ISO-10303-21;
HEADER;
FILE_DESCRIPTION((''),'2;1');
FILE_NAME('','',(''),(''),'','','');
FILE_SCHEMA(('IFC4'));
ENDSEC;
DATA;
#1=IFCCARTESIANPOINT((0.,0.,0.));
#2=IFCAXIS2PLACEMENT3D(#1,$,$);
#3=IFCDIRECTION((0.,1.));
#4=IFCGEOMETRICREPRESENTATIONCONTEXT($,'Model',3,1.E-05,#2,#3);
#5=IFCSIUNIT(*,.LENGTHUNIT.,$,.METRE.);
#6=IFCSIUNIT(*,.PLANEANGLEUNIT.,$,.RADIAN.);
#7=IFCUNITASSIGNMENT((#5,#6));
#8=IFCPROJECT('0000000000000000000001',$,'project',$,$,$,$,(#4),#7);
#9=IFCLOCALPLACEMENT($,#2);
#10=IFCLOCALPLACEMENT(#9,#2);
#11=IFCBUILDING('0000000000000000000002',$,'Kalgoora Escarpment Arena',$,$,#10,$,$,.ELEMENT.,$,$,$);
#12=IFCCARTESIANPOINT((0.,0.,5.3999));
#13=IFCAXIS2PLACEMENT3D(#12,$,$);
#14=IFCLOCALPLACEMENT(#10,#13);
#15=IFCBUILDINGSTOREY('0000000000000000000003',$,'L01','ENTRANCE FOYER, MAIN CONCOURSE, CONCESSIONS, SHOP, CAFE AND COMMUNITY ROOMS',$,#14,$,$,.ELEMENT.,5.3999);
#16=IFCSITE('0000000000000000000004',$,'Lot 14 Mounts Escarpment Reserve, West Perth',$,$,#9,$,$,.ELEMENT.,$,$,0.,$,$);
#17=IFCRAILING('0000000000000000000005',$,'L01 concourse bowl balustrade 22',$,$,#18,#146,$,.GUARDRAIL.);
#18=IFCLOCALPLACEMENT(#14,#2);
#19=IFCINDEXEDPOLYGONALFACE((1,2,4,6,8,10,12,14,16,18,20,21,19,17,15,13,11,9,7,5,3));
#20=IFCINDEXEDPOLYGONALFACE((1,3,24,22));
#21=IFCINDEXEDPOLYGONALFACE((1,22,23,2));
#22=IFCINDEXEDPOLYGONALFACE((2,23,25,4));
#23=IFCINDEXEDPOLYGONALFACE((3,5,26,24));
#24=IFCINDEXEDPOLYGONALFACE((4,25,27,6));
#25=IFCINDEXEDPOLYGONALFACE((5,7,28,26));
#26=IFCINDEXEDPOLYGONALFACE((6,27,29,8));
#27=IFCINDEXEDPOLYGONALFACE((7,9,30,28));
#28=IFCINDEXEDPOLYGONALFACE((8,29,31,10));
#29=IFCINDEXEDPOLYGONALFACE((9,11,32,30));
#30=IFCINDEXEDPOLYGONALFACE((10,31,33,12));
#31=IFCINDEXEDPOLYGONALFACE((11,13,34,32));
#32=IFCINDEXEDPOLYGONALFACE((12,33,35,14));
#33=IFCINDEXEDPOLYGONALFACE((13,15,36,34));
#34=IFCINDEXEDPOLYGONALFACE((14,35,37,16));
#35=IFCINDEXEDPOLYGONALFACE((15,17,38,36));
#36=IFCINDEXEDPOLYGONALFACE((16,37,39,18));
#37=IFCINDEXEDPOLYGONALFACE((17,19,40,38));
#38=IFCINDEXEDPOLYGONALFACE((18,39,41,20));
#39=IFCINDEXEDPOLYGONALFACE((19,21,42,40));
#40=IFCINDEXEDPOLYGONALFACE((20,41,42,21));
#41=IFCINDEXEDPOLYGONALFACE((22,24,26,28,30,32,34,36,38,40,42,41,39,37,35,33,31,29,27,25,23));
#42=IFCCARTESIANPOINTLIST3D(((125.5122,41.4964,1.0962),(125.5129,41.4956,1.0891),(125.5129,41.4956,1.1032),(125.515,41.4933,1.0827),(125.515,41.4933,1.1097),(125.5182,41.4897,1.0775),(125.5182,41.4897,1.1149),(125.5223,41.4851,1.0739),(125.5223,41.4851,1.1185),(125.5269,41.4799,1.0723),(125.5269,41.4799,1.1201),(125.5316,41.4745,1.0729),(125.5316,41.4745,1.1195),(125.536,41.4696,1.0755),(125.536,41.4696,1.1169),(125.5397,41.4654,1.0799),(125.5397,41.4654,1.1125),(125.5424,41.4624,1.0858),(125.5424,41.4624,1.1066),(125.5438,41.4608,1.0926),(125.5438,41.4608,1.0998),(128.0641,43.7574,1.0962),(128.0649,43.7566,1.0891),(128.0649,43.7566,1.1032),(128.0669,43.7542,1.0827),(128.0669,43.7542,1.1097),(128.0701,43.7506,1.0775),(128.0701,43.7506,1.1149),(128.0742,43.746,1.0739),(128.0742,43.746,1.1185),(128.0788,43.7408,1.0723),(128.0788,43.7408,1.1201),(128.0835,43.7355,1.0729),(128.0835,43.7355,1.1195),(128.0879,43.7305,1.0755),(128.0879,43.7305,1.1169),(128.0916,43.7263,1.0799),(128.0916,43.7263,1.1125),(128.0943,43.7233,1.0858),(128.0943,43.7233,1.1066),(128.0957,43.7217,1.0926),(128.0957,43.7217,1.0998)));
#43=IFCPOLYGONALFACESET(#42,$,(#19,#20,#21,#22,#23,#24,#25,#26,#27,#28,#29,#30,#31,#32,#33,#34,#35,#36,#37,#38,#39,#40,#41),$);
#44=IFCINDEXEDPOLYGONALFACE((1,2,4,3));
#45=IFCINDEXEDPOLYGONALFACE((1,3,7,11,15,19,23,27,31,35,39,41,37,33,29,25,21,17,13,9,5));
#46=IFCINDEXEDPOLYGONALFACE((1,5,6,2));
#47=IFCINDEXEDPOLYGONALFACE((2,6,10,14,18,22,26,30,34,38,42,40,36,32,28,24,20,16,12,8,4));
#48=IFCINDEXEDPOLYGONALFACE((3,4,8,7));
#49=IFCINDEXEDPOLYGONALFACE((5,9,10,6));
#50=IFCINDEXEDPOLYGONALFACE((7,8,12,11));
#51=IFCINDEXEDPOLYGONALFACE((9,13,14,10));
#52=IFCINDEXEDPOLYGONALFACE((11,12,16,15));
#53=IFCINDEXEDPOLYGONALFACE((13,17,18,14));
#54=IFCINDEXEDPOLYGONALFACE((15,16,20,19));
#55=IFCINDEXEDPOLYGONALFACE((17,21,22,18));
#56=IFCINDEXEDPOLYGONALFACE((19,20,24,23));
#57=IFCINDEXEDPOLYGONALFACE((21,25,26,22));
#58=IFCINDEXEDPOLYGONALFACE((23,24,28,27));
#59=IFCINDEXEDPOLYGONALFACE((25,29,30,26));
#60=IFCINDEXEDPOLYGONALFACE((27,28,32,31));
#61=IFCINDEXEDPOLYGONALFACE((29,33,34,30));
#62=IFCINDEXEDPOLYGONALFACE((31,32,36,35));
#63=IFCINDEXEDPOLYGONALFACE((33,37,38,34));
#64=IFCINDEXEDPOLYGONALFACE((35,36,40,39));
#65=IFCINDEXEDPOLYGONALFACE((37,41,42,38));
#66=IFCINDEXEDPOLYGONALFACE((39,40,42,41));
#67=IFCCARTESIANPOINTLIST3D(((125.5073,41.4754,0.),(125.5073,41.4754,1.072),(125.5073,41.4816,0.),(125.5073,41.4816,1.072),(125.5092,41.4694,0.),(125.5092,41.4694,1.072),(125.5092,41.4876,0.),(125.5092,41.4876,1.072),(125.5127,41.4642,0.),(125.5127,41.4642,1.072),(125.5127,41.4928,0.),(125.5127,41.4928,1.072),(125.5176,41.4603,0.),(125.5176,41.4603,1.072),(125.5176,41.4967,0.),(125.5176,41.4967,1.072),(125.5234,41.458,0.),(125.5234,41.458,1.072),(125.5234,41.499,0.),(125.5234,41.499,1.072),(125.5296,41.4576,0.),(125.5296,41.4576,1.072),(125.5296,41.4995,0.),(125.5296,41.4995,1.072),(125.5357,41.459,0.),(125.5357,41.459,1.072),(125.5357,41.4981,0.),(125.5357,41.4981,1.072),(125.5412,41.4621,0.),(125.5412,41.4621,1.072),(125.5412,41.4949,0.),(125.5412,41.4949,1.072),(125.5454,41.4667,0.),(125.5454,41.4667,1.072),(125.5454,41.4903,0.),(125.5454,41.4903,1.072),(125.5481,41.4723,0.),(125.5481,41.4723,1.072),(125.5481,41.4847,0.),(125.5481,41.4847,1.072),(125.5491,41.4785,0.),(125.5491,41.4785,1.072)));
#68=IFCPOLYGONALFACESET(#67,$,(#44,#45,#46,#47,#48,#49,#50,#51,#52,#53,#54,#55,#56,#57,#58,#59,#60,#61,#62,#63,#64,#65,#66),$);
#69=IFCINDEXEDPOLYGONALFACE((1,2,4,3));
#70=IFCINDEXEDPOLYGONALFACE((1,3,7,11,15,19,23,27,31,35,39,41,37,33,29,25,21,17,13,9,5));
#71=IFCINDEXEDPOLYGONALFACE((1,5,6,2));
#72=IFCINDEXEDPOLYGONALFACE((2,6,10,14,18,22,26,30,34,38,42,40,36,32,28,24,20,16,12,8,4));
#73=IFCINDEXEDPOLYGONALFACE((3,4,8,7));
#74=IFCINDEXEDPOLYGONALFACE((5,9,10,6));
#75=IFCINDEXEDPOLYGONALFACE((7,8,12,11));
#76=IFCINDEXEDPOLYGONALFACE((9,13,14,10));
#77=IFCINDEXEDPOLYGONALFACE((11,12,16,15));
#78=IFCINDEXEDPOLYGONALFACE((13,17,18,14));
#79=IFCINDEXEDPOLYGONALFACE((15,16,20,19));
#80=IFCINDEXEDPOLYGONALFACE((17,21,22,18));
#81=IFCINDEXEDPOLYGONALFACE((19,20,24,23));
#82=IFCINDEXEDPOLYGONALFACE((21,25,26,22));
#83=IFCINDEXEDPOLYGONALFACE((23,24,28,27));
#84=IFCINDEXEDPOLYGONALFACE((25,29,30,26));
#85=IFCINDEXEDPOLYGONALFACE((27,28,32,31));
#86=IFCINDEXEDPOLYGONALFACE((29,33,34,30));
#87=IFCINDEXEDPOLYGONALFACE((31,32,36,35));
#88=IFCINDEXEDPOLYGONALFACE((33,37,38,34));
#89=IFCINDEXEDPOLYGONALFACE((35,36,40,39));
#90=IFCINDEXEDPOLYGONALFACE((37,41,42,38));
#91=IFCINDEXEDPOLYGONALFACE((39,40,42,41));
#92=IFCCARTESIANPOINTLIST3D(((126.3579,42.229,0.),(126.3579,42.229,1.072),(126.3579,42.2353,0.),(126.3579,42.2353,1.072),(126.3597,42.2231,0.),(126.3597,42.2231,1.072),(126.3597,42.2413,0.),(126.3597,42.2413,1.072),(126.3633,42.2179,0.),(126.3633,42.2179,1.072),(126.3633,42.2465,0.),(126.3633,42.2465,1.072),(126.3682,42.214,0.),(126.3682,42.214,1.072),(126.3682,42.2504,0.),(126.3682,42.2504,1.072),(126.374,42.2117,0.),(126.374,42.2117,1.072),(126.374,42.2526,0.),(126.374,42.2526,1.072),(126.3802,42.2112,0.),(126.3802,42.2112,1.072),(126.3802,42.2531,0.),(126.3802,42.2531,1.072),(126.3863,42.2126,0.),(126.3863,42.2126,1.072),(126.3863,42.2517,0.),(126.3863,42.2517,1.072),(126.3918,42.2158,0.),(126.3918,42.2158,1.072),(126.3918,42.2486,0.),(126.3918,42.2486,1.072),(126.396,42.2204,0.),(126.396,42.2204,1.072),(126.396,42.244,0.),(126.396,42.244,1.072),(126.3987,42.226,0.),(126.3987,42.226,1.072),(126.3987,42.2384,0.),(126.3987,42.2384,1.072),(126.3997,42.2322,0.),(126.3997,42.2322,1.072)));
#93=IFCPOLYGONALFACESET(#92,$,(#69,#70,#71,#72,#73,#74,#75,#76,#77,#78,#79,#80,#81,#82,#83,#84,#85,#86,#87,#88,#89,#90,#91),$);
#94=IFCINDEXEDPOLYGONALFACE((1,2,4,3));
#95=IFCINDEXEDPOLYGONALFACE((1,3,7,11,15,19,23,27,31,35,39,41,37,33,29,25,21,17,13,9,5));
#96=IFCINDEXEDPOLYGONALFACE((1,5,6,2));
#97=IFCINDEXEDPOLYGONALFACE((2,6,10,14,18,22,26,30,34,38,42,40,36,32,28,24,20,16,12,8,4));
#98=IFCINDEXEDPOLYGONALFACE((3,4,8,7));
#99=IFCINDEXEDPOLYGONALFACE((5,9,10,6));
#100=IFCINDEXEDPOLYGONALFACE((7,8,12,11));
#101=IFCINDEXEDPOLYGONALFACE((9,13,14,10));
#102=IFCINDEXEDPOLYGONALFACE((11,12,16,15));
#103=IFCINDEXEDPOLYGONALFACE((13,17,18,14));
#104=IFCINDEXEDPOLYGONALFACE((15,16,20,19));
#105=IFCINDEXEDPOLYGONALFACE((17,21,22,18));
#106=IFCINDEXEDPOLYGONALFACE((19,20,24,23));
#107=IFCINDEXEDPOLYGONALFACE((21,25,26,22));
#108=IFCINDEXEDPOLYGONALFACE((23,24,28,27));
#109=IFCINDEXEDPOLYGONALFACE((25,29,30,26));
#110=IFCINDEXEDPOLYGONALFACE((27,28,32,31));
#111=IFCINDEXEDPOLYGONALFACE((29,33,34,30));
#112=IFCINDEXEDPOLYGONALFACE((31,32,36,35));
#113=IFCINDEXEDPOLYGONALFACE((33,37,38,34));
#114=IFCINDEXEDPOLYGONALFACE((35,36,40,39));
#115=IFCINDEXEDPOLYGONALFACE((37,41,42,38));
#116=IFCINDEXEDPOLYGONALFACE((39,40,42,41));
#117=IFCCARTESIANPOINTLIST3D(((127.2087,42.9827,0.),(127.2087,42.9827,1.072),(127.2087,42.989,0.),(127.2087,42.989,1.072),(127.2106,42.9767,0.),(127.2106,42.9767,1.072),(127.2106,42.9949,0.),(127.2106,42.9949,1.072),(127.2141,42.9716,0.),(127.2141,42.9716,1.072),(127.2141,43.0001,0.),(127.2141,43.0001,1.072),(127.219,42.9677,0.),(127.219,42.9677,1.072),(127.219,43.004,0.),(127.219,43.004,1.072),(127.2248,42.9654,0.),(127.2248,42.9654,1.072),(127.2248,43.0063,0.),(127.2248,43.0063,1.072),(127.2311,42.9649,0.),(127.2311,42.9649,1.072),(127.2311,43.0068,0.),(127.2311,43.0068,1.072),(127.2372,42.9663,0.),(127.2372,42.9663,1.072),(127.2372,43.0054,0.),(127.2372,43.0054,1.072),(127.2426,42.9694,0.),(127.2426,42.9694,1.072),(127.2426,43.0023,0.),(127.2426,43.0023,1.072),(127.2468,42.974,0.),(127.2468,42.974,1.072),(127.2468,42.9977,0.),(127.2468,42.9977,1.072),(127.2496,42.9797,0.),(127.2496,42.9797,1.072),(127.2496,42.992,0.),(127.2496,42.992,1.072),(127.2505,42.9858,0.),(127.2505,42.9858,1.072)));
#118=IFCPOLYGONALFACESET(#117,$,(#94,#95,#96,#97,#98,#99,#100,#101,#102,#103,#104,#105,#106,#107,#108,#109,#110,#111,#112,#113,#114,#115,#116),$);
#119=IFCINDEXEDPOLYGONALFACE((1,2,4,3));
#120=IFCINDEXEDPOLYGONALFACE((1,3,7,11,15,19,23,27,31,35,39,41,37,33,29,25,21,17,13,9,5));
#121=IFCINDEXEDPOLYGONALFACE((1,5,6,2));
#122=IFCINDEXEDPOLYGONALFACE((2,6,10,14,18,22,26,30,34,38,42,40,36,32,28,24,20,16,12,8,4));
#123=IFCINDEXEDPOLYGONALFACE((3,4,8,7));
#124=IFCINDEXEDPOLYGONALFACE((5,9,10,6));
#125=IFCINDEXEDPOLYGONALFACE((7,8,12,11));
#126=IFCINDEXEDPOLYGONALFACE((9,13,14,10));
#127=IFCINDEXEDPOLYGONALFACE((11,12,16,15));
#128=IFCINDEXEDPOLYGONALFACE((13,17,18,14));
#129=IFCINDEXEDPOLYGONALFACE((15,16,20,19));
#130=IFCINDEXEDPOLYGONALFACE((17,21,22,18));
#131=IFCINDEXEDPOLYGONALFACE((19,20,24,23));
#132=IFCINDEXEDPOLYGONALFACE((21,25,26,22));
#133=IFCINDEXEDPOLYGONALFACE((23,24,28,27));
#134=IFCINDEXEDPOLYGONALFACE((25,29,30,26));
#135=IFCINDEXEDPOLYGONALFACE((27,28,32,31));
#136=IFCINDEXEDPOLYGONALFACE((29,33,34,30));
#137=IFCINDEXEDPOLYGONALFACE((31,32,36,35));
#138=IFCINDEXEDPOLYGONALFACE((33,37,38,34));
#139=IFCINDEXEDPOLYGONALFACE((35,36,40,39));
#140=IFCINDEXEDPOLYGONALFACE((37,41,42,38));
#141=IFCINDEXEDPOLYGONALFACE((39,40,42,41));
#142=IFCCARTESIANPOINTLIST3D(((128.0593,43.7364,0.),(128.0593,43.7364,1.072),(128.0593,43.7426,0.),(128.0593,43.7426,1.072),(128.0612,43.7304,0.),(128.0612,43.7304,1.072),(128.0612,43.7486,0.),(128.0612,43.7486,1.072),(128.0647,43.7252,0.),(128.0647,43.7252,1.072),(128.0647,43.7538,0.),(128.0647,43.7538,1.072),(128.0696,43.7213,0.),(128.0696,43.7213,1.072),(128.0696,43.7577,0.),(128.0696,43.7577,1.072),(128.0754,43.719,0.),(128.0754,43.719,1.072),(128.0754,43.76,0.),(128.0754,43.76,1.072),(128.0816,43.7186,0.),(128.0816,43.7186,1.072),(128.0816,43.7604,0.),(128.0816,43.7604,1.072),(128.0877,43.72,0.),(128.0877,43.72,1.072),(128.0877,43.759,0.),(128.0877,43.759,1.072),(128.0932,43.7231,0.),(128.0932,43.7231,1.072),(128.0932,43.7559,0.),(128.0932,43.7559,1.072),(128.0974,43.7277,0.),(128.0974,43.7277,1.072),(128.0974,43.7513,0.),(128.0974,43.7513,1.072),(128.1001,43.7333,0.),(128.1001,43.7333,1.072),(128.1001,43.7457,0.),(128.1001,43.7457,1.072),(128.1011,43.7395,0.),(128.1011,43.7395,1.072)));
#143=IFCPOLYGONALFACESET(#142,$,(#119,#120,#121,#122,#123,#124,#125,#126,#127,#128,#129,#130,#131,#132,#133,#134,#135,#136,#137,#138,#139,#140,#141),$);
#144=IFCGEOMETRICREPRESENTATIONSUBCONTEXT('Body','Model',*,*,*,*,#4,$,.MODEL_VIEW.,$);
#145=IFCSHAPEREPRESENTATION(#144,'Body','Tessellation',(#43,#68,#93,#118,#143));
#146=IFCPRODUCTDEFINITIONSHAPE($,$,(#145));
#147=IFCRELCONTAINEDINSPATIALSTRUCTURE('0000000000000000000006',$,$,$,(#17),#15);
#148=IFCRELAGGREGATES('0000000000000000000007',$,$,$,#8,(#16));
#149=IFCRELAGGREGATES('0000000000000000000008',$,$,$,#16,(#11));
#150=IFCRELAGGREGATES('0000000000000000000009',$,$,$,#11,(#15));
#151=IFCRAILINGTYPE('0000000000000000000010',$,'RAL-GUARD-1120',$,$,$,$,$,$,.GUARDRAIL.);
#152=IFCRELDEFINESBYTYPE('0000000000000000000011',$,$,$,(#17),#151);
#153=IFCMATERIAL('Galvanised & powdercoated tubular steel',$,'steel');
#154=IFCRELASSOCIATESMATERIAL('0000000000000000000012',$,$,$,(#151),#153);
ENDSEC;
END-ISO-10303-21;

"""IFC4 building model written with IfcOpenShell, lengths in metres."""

from ifc_helpers import new_model, si_unit, direction, frame, origin, origin_2d, place, context, subcontext, project, spatial, circle, extrude, material, type_object, element, save


model = new_model("IFC4")

# Units and contexts
model_context = context("Model", 3, precision=1e-05, world=origin(), true_north=direction((0.0, 1.0)))
body_context = subcontext(model_context, "Body", "Model", "MODEL_VIEW")
ifc_project = project(units=[si_unit("LENGTHUNIT", "METRE"), si_unit("PLANEANGLEUNIT", "RADIAN")], contexts=[model_context])

# Site, building, storey
site_placement = place(None, origin())
site = spatial("IfcSite", under=ifc_project, at=site_placement, Name="Lot 14 Mounts Escarpment Reserve, West Perth", CompositionType="ELEMENT", RefElevation=0.0)
building_placement = place(site_placement, origin())
building = spatial("IfcBuilding", under=site, at=building_placement, Name="Kalgoora Escarpment Arena", CompositionType="ELEMENT")
storey_placement = place(building_placement, frame((0.0, 0.0, 5.3999)))
storey = spatial("IfcBuildingStorey", under=building, at=storey_placement, Name="L01", Description="ENTRANCE FOYER, MAIN CONCOURSE, CONCESSIONS, SHOP, CAFE AND COMMUNITY ROOMS", CompositionType="ELEMENT", Elevation=5.3999)

# Railing
ifc_material_1 = material(Name="Galvanised & powdercoated tubular steel", Category="steel")
railing_type_1 = type_object("IfcRailingType", Name="RAL-GUARD-1120", PredefinedType="GUARDRAIL", material=ifc_material_1)
railing_1_placement = place(storey_placement, frame((125.5281, 41.4785, 0.0)))
element("IfcRailing", 1, at=railing_1_placement, inside=storey, type_object=railing_type_1, Name="L01 concourse bowl balustrade 22", PredefinedType="GUARDRAIL", context=body_context, shape_type="SweptSolid", body=[
    extrude(circle(Radius=0.0239, at=origin_2d()), frame((0.0, 0.0, 1.0962), z_axis=(0.748495, 0.663141, 0.0), x_axis=(-0.663141, 0.748495, 0.0)), (0.0, 0.0, 1.0), 3.4094),
    extrude(circle(Radius=0.021, at=origin_2d()), origin(), (0.0, 0.0, 1.0), 1.072),
    extrude(circle(Radius=0.021, at=origin_2d()), frame((0.8506, 0.7537, 0.0)), (0.0, 0.0, 1.0), 1.072),
    extrude(circle(Radius=0.021, at=origin_2d()), frame((1.7014, 1.5073, 0.0)), (0.0, 0.0, 1.0), 1.072),
    extrude(circle(Radius=0.021, at=origin_2d()), frame((2.552, 2.261, 0.0)), (0.0, 0.0, 1.0), 1.072),
])

save(model, "model.ifc")
